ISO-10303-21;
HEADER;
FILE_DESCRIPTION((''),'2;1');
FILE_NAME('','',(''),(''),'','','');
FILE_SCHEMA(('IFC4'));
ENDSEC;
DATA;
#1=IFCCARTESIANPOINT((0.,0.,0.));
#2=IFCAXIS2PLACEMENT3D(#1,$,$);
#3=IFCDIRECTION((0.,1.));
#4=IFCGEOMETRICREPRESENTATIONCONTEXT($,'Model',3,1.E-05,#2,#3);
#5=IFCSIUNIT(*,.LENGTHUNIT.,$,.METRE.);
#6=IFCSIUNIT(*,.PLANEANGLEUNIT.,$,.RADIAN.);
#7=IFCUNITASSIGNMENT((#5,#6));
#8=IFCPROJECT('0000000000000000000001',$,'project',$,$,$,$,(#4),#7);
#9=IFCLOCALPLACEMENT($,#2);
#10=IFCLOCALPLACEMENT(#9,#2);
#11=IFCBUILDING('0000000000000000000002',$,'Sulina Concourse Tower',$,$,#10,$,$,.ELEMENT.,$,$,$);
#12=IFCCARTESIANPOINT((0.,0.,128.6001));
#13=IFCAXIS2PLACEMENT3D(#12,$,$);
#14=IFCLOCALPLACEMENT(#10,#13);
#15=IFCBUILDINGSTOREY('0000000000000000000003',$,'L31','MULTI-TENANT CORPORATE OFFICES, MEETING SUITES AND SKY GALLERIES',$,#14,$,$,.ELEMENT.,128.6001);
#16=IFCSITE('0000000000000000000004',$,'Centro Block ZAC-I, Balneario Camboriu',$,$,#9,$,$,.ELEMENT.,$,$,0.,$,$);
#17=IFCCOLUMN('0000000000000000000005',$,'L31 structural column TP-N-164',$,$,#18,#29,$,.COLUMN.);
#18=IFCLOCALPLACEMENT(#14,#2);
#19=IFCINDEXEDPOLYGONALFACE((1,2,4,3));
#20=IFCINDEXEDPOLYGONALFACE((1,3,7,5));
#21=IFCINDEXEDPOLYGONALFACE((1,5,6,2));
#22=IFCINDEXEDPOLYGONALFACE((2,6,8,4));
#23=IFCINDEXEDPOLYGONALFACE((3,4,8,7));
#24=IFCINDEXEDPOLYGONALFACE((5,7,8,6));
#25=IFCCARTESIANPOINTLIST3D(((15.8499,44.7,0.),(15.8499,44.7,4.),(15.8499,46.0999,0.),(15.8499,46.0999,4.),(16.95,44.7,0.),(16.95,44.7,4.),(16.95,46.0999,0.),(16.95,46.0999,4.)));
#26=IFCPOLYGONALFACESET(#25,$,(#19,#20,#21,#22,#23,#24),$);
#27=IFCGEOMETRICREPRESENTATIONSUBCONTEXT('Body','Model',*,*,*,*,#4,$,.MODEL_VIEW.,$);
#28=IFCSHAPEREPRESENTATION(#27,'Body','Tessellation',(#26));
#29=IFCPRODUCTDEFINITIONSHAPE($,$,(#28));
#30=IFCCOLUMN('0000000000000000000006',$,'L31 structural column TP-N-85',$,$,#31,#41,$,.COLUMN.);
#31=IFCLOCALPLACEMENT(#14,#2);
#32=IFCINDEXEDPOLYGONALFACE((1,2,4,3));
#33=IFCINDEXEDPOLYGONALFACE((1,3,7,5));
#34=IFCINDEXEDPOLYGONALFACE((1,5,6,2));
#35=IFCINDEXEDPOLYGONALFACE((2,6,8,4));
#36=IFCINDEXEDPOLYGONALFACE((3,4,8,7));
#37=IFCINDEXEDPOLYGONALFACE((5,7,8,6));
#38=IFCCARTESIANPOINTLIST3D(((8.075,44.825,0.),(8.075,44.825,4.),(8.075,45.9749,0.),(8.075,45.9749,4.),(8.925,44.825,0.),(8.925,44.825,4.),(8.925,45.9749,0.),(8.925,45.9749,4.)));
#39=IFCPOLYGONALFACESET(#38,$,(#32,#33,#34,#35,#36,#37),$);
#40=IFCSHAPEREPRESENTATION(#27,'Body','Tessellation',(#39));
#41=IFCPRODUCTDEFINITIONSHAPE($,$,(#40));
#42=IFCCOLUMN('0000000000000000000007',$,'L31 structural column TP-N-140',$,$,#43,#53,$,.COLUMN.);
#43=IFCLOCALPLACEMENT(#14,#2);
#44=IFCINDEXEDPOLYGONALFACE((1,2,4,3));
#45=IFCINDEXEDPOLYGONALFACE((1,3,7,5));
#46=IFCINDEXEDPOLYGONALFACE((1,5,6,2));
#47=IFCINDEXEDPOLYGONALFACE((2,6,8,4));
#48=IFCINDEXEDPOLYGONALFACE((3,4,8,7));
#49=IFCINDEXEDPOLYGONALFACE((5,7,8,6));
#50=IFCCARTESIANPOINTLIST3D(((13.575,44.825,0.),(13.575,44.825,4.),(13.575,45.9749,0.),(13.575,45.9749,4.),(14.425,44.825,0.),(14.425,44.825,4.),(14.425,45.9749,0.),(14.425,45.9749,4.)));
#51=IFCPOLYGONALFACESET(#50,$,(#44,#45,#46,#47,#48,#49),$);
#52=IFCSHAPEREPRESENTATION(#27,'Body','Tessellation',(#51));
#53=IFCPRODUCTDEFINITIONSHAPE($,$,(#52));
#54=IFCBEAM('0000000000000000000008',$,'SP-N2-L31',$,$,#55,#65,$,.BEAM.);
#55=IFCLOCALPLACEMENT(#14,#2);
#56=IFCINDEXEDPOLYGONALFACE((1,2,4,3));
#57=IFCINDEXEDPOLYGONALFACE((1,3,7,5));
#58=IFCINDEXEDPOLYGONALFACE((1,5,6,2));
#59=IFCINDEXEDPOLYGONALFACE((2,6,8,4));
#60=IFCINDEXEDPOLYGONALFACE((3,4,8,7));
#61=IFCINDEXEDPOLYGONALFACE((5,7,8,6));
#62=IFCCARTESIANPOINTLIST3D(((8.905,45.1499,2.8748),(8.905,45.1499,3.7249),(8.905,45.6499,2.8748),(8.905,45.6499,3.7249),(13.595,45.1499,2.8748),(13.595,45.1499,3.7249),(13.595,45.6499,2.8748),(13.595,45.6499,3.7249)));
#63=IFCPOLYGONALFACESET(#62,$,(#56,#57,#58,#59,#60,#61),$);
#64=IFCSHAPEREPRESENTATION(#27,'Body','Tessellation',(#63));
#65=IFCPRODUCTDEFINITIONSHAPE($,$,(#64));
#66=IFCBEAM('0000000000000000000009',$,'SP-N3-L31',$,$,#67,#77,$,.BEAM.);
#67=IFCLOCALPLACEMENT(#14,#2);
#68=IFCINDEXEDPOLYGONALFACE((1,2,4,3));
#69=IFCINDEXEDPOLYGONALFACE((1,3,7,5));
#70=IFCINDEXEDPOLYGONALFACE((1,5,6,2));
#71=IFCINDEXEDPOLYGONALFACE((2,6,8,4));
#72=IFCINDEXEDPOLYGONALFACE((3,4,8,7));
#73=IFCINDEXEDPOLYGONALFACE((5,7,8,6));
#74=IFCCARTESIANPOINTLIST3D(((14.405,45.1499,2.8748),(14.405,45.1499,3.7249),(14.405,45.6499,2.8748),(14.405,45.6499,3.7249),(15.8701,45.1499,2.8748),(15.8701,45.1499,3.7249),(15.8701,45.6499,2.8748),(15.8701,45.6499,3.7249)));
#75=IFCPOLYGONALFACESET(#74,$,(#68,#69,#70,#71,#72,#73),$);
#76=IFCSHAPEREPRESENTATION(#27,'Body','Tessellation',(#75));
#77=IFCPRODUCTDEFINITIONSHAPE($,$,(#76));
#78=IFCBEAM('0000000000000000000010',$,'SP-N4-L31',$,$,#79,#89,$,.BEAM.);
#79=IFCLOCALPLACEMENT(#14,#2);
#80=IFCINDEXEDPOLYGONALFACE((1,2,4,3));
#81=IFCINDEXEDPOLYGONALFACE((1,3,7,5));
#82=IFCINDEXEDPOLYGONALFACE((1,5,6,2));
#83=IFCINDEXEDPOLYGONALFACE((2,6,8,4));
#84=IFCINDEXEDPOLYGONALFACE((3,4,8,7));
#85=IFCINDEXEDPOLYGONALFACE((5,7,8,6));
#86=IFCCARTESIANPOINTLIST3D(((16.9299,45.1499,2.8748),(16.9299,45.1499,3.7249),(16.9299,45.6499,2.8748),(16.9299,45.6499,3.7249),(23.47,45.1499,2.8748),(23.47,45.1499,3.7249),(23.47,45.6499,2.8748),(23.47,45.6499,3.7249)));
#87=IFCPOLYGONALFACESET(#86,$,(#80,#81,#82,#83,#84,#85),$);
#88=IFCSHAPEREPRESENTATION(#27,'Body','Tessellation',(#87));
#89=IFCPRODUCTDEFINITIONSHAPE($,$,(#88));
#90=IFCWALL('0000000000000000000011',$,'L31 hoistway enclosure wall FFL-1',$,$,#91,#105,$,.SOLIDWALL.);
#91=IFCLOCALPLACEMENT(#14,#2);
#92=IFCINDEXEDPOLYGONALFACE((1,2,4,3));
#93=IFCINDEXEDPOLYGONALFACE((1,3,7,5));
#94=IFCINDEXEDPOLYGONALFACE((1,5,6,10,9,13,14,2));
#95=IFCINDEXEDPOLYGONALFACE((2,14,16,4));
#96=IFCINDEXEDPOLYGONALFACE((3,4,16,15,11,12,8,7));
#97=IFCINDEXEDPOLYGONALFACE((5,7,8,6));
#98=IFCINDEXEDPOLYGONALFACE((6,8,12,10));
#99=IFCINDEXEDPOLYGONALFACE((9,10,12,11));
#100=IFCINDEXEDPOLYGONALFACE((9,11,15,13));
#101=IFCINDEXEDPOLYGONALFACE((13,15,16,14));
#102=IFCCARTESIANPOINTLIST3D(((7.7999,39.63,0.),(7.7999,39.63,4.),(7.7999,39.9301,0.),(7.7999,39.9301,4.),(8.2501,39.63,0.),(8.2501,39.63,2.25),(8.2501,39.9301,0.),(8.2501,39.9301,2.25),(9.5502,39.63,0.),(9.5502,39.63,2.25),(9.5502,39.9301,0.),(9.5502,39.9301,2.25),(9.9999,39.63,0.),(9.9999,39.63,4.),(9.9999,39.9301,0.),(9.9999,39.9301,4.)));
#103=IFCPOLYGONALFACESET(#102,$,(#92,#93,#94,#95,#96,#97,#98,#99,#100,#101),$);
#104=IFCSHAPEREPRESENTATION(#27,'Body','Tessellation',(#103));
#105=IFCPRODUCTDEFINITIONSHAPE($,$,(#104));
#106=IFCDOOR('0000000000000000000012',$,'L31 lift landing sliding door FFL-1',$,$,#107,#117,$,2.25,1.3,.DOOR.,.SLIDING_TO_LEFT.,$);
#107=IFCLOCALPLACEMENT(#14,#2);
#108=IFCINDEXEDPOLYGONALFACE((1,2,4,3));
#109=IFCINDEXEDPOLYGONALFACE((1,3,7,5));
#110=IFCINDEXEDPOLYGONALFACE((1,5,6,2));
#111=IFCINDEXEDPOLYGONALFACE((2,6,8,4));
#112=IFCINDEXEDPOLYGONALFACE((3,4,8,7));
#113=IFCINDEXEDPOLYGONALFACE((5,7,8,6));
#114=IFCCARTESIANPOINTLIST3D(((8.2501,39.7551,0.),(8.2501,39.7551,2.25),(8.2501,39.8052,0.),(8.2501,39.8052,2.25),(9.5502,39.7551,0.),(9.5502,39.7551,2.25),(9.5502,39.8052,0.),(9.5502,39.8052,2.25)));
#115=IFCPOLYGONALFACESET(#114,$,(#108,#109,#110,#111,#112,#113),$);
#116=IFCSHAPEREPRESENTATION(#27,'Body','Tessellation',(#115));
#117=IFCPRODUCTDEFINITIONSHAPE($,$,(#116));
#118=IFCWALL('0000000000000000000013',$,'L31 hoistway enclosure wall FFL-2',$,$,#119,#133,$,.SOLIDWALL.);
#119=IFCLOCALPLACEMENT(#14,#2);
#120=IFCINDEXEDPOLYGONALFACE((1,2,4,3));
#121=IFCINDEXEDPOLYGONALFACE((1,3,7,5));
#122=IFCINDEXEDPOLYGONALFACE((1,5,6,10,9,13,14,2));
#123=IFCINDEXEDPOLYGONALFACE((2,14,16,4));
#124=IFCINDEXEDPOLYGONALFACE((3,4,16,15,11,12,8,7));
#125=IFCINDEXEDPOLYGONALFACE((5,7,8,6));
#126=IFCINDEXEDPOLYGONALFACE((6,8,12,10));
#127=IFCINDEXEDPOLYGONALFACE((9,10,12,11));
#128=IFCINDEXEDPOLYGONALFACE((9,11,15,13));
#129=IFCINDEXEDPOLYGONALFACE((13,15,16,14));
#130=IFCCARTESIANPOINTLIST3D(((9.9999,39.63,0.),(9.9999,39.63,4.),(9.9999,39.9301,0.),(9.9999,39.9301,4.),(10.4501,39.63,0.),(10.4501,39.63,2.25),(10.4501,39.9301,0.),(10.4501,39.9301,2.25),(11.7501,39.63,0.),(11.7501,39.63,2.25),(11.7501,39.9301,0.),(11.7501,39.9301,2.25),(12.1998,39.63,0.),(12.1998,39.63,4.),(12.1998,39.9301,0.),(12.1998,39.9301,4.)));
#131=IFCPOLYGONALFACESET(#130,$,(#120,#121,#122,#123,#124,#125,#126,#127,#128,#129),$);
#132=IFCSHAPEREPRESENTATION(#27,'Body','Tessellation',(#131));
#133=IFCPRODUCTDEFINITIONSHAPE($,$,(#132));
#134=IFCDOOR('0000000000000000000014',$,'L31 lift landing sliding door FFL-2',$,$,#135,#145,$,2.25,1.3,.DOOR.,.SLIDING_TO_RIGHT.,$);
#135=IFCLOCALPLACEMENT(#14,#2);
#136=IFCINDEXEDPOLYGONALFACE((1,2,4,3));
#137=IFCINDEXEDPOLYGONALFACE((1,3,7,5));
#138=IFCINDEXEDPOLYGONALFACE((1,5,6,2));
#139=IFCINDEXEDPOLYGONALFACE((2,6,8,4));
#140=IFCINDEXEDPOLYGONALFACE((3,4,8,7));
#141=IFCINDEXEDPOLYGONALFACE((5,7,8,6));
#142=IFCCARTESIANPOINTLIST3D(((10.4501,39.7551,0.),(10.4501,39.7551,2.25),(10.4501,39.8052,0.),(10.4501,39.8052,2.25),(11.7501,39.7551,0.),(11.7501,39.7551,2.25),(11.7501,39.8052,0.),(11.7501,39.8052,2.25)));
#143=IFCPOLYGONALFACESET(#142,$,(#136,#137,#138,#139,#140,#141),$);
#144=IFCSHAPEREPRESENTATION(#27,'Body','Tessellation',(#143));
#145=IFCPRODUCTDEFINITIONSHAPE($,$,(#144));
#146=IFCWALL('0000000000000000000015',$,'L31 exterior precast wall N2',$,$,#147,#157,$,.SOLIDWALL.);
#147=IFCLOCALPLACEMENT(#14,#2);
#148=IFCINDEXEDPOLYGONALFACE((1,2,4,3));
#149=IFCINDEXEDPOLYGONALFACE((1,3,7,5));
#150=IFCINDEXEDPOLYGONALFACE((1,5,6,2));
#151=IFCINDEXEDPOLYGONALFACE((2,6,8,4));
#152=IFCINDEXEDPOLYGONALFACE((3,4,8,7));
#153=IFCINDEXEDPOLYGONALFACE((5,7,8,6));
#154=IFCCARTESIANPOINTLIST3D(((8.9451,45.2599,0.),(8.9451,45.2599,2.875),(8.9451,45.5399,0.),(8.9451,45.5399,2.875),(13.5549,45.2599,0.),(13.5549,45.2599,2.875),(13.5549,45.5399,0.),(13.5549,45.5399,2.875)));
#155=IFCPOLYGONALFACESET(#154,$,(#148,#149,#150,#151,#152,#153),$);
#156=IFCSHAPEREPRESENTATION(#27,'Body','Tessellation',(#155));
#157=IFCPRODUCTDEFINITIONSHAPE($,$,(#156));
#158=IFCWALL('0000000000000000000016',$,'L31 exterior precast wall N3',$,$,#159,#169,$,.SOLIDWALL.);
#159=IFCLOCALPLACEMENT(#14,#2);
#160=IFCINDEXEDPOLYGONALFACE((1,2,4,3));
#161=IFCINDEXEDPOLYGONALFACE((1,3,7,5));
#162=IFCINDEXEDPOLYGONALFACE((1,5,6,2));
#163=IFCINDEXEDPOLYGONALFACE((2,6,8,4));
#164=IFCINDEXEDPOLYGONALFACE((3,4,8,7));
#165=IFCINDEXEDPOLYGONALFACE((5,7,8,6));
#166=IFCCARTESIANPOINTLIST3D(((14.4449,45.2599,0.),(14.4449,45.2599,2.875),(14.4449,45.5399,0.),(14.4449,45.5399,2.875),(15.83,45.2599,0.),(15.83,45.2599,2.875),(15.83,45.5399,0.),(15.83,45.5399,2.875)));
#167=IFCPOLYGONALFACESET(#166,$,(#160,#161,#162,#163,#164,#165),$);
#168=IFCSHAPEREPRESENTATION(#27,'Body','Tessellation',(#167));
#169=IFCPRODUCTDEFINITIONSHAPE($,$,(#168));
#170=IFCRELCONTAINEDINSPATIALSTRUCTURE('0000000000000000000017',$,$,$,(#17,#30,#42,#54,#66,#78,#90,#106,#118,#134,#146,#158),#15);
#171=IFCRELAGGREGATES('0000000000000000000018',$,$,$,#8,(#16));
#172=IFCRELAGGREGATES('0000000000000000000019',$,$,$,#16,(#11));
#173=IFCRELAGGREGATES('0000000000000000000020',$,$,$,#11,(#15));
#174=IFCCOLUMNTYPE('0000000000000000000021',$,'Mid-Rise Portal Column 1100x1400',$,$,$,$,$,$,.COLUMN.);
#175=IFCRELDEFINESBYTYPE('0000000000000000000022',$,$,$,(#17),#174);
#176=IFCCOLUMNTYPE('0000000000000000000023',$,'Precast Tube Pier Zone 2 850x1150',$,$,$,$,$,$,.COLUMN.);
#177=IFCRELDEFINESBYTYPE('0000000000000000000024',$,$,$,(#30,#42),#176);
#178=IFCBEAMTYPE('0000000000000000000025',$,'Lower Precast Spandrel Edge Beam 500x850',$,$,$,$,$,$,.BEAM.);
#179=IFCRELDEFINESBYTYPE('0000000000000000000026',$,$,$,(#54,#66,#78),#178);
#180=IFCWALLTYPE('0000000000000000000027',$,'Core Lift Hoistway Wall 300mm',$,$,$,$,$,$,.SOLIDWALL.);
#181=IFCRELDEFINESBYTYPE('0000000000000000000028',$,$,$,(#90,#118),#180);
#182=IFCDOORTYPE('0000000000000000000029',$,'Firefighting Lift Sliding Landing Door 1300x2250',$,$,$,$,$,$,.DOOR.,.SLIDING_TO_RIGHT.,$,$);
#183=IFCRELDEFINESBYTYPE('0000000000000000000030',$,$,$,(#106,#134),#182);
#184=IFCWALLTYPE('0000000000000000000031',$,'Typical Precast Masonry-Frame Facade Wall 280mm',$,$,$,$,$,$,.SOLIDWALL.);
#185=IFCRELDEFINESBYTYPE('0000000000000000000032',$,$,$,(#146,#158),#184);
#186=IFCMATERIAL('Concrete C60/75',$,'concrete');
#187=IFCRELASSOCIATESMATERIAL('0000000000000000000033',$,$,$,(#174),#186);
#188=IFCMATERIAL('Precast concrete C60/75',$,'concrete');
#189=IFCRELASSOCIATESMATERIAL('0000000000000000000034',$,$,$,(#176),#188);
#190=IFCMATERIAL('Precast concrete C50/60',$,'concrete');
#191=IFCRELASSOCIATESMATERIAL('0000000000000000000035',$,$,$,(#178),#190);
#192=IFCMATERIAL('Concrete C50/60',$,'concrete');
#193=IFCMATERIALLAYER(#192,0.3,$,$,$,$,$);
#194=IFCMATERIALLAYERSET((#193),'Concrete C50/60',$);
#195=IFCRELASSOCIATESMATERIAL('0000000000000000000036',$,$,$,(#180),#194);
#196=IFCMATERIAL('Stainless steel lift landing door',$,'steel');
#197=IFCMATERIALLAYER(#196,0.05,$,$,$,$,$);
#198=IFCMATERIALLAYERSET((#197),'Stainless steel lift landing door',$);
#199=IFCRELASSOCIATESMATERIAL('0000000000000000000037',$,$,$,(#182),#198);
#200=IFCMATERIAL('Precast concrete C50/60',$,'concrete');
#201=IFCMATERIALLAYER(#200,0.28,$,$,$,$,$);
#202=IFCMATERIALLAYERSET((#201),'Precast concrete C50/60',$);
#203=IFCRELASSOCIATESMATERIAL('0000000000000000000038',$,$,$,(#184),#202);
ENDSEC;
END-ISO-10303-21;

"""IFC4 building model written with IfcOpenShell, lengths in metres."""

from ifc_helpers import new_model, si_unit, direction, frame, frame_2d, origin, origin_2d, place, context, subcontext, project, spatial, rectangle, extrude, material, layer, layer_set, material_profile, profile_set, type_object, element, fill, save


model = new_model("IFC4")

# Units and contexts
model_context = context("Model", 3, precision=1e-05, world=origin(), true_north=direction((0.0, 1.0)))
body_context = subcontext(model_context, "Body", "Model", "MODEL_VIEW")
ifc_project = project(units=[si_unit("LENGTHUNIT", "METRE"), si_unit("PLANEANGLEUNIT", "RADIAN")], contexts=[model_context])

# Site, building, storey
site_placement = place(None, origin())
site = spatial("IfcSite", under=ifc_project, at=site_placement, Name="Centro Block ZAC-I, Balneario Camboriu", CompositionType="ELEMENT", RefElevation=0.0)
building_placement = place(site_placement, origin())
building = spatial("IfcBuilding", under=site, at=building_placement, Name="Sulina Concourse Tower", CompositionType="ELEMENT")
storey_placement = place(building_placement, frame((0.0, 0.0, 128.6001)))
storey = spatial("IfcBuildingStorey", under=building, at=storey_placement, Name="L31", Description="MULTI-TENANT CORPORATE OFFICES, MEETING SUITES AND SKY GALLERIES", CompositionType="ELEMENT", Elevation=128.6001)

# Columns
ifc_material_1 = material(Name="Concrete C60/75", Category="concrete")
ifc_material_profile_1 = material_profile(ifc_material_1, rectangle(XDim=1.1001, YDim=1.3999, at=origin_2d()), Name="RC 1100x1400")
ifc_profile_set_1 = profile_set([ifc_material_profile_1], Name="Concrete C60/75")
column_type_1 = type_object("IfcColumnType", Name="Mid-Rise Portal Column 1100x1400", PredefinedType="COLUMN", material=ifc_profile_set_1)
column_placement = place(storey_placement, frame((16.3999, 45.3999, 0.0), z_axis=(0.0, 0.0, 1.0), x_axis=(1.0, 0.0, 0.0)))
element("IfcColumn", 1, at=column_placement, inside=storey, type_object=column_type_1, Name="L31 structural column TP-N-164", PredefinedType="COLUMN", context=body_context, shape_type="SweptSolid", body=[
    extrude(rectangle(XDim=1.1001, YDim=1.3999, at=origin_2d()), origin(), (0.0, 0.0, 1.0), 4.0),
])
ifc_material_2 = material(Name="Precast concrete C60/75", Category="concrete")
ifc_material_profile_2 = material_profile(ifc_material_2, rectangle(XDim=0.8501, YDim=1.1499, at=origin_2d()), Name="PC 850x1150")
ifc_profile_set_2 = profile_set([ifc_material_profile_2], Name="Precast concrete C60/75")
column_type_2 = type_object("IfcColumnType", Name="Precast Tube Pier Zone 2 850x1150", PredefinedType="COLUMN", material=ifc_profile_set_2)
for number, where, z_axis, x_axis, name in (
    (2, (8.5, 45.3999, 0.0), (0.0, 0.0, 1.0), (1.0, 0.0, 0.0), "L31 structural column TP-N-85"),
    (3, (14.0, 45.3999, 0.0), (0.0, 0.0, 1.0), (1.0, 0.0, 0.0), "L31 structural column TP-N-140"),
):
    element("IfcColumn", number, at=place(storey_placement, frame(where, z_axis=z_axis, x_axis=x_axis)), inside=storey, type_object=column_type_2, Name=name, PredefinedType="COLUMN", context=body_context, shape_type="SweptSolid", body=[
        extrude(rectangle(XDim=0.8501, YDim=1.1499, at=origin_2d()), origin(), (0.0, 0.0, 1.0), 4.0),
    ])

# Beams
ifc_material_3 = material(Name="Precast concrete C50/60", Category="concrete")
ifc_material_profile_3 = material_profile(ifc_material_3, rectangle(XDim=0.5, YDim=0.8501, at=origin_2d()), Name="RC 500x850")
ifc_profile_set_3 = profile_set([ifc_material_profile_3], Name="Precast concrete C50/60")
beam_type = type_object("IfcBeamType", Name="Lower Precast Spandrel Edge Beam 500x850", PredefinedType="BEAM", material=ifc_profile_set_3)
beam_1_placement = place(storey_placement, frame((8.905, 45.3999, 3.2998), z_axis=(1.0, 0.0, 0.0), x_axis=(0.0, 1.0, 0.0)))
element("IfcBeam", 4, at=beam_1_placement, inside=storey, type_object=beam_type, Name="SP-N2-L31", PredefinedType="BEAM", context=body_context, shape_type="SweptSolid", body=[
    extrude(rectangle(XDim=0.5, YDim=0.8501, at=origin_2d()), origin(), (0.0, 0.0, 1.0), 4.6899),
])
beam_2_placement = place(storey_placement, frame((14.405, 45.3999, 3.2998), z_axis=(1.0, 0.0, 0.0), x_axis=(0.0, 1.0, 0.0)))
element("IfcBeam", 5, at=beam_2_placement, inside=storey, type_object=beam_type, Name="SP-N3-L31", PredefinedType="BEAM", context=body_context, shape_type="SweptSolid", body=[
    extrude(rectangle(XDim=0.5, YDim=0.8501, at=origin_2d()), origin(), (0.0, 0.0, 1.0), 1.4651),
])
beam_3_placement = place(storey_placement, frame((16.9299, 45.3999, 3.2998), z_axis=(1.0, 0.0, 0.0), x_axis=(0.0, 1.0, 0.0)))
element("IfcBeam", 6, at=beam_3_placement, inside=storey, type_object=beam_type, Name="SP-N4-L31", PredefinedType="BEAM", context=body_context, shape_type="SweptSolid", body=[
    extrude(rectangle(XDim=0.5, YDim=0.8501, at=origin_2d()), origin(), (0.0, 0.0, 1.0), 6.54),
])

# Walls, openings, doors
ifc_material_4 = material(Name="Concrete C50/60", Category="concrete")
ifc_layer_1 = layer(ifc_material_4, 0.3)
ifc_layer_set_1 = layer_set([ifc_layer_1], Name="Concrete C50/60")
wall_type_1 = type_object("IfcWallType", Name="Core Lift Hoistway Wall 300mm", PredefinedType="SOLIDWALL", material=ifc_layer_set_1)
wall_1_placement = place(storey_placement, frame((10.0, 39.78, 0.0), z_axis=(0.0, 0.0, 1.0), x_axis=(-1.0, 0.0, 0.0)))
wall_1 = element("IfcWall", 7, at=wall_1_placement, inside=storey, type_object=wall_type_1, Name="L31 hoistway enclosure wall FFL-1", PredefinedType="SOLIDWALL", context=body_context, shape_type="SweptSolid", body=[
    extrude(rectangle(XDim=2.2, YDim=0.3, at=frame_2d((1.1001, 0.0))), origin(), (0.0, 0.0, 1.0), 4.0),
])
opening_1_placement = place(wall_1_placement, frame((0.45, 0.0, 0.0)))
opening_1 = element("IfcOpeningElement", 8, at=opening_1_placement, cuts=wall_1, PredefinedType="OPENING", context=body_context, shape_type="SweptSolid", body=[
    extrude(rectangle(XDim=1.3, YDim=2.25, at=frame_2d((0.6499, 1.125))), frame((0.0, 0.1599, 0.0), z_axis=(0.0, -1.0, 0.0), x_axis=(1.0, 0.0, 0.0)), (0.0, 0.0, 1.0), 0.3201),
])
ifc_material_5 = material(Name="Stainless steel lift landing door", Category="steel")
ifc_layer_2 = layer(ifc_material_5, 0.05)
ifc_layer_set_2 = layer_set([ifc_layer_2], Name="Stainless steel lift landing door")
door_type = type_object("IfcDoorType", Name="Firefighting Lift Sliding Landing Door 1300x2250", OperationType="SLIDING_TO_RIGHT", PredefinedType="DOOR", material=ifc_layer_set_2)
door_1_placement = place(opening_1_placement, origin())
door_1 = element("IfcDoor", 9, at=door_1_placement, inside=storey, type_object=door_type, Name="L31 lift landing sliding door FFL-1", OperationType="SLIDING_TO_LEFT", OverallHeight=2.25, OverallWidth=1.3, PredefinedType="DOOR", context=body_context, shape_type="SweptSolid", body=[
    extrude(rectangle(XDim=1.3, YDim=2.25, at=frame_2d((0.6499, 1.125))), frame((0.0, 0.0249, 0.0), z_axis=(0.0, -1.0, 0.0), x_axis=(1.0, 0.0, 0.0)), (0.0, 0.0, 1.0), 0.05),
])
fill(opening_1, door_1)
wall_2_placement = place(storey_placement, frame((12.2, 39.78, 0.0), z_axis=(0.0, 0.0, 1.0), x_axis=(-1.0, 0.0, 0.0)))
wall_2 = element("IfcWall", 10, at=wall_2_placement, inside=storey, type_object=wall_type_1, Name="L31 hoistway enclosure wall FFL-2", PredefinedType="SOLIDWALL", context=body_context, shape_type="SweptSolid", body=[
    extrude(rectangle(XDim=2.2, YDim=0.3, at=frame_2d((1.1001, 0.0))), origin(), (0.0, 0.0, 1.0), 4.0),
])
opening_2_placement = place(wall_2_placement, frame((0.45, 0.0, 0.0)))
opening_2 = element("IfcOpeningElement", 11, at=opening_2_placement, cuts=wall_2, PredefinedType="OPENING", context=body_context, shape_type="SweptSolid", body=[
    extrude(rectangle(XDim=1.3, YDim=2.25, at=frame_2d((0.6499, 1.125))), frame((0.0, 0.1599, 0.0), z_axis=(0.0, -1.0, 0.0), x_axis=(1.0, 0.0, 0.0)), (0.0, 0.0, 1.0), 0.3201),
])
door_2_placement = place(opening_2_placement, origin())
door_2 = element("IfcDoor", 12, at=door_2_placement, inside=storey, type_object=door_type, Name="L31 lift landing sliding door FFL-2", OperationType="SLIDING_TO_RIGHT", OverallHeight=2.25, OverallWidth=1.3, PredefinedType="DOOR", context=body_context, shape_type="SweptSolid", body=[
    extrude(rectangle(XDim=1.3, YDim=2.25, at=frame_2d((0.6499, 1.125))), frame((0.0, 0.0249, 0.0), z_axis=(0.0, -1.0, 0.0), x_axis=(1.0, 0.0, 0.0)), (0.0, 0.0, 1.0), 0.05),
])
fill(opening_2, door_2)

# Walls
ifc_material_6 = material(Name="Precast concrete C50/60", Category="concrete")
ifc_layer_3 = layer(ifc_material_6, 0.28)
ifc_layer_set_3 = layer_set([ifc_layer_3], Name="Precast concrete C50/60")
wall_type_2 = type_object("IfcWallType", Name="Typical Precast Masonry-Frame Facade Wall 280mm", PredefinedType="SOLIDWALL", material=ifc_layer_set_3)
wall_3_placement = place(storey_placement, frame((8.9451, 45.3999, 0.0), z_axis=(0.0, 0.0, 1.0), x_axis=(1.0, 0.0, 0.0)))
element("IfcWall", 13, at=wall_3_placement, inside=storey, type_object=wall_type_2, Name="L31 exterior precast wall N2", PredefinedType="SOLIDWALL", context=body_context, shape_type="SweptSolid", body=[
    extrude(rectangle(XDim=4.6099, YDim=0.28, at=frame_2d((2.3049, 0.0))), origin(), (0.0, 0.0, 1.0), 2.875),
])
wall_4_placement = place(storey_placement, frame((14.4451, 45.3999, 0.0), z_axis=(0.0, 0.0, 1.0), x_axis=(1.0, 0.0, 0.0)))
element("IfcWall", 14, at=wall_4_placement, inside=storey, type_object=wall_type_2, Name="L31 exterior precast wall N3", PredefinedType="SOLIDWALL", context=body_context, shape_type="SweptSolid", body=[
    extrude(rectangle(XDim=1.385, YDim=0.28, at=frame_2d((0.6924, 0.0))), origin(), (0.0, 0.0, 1.0), 2.875),
])

save(model, "model.ifc")
